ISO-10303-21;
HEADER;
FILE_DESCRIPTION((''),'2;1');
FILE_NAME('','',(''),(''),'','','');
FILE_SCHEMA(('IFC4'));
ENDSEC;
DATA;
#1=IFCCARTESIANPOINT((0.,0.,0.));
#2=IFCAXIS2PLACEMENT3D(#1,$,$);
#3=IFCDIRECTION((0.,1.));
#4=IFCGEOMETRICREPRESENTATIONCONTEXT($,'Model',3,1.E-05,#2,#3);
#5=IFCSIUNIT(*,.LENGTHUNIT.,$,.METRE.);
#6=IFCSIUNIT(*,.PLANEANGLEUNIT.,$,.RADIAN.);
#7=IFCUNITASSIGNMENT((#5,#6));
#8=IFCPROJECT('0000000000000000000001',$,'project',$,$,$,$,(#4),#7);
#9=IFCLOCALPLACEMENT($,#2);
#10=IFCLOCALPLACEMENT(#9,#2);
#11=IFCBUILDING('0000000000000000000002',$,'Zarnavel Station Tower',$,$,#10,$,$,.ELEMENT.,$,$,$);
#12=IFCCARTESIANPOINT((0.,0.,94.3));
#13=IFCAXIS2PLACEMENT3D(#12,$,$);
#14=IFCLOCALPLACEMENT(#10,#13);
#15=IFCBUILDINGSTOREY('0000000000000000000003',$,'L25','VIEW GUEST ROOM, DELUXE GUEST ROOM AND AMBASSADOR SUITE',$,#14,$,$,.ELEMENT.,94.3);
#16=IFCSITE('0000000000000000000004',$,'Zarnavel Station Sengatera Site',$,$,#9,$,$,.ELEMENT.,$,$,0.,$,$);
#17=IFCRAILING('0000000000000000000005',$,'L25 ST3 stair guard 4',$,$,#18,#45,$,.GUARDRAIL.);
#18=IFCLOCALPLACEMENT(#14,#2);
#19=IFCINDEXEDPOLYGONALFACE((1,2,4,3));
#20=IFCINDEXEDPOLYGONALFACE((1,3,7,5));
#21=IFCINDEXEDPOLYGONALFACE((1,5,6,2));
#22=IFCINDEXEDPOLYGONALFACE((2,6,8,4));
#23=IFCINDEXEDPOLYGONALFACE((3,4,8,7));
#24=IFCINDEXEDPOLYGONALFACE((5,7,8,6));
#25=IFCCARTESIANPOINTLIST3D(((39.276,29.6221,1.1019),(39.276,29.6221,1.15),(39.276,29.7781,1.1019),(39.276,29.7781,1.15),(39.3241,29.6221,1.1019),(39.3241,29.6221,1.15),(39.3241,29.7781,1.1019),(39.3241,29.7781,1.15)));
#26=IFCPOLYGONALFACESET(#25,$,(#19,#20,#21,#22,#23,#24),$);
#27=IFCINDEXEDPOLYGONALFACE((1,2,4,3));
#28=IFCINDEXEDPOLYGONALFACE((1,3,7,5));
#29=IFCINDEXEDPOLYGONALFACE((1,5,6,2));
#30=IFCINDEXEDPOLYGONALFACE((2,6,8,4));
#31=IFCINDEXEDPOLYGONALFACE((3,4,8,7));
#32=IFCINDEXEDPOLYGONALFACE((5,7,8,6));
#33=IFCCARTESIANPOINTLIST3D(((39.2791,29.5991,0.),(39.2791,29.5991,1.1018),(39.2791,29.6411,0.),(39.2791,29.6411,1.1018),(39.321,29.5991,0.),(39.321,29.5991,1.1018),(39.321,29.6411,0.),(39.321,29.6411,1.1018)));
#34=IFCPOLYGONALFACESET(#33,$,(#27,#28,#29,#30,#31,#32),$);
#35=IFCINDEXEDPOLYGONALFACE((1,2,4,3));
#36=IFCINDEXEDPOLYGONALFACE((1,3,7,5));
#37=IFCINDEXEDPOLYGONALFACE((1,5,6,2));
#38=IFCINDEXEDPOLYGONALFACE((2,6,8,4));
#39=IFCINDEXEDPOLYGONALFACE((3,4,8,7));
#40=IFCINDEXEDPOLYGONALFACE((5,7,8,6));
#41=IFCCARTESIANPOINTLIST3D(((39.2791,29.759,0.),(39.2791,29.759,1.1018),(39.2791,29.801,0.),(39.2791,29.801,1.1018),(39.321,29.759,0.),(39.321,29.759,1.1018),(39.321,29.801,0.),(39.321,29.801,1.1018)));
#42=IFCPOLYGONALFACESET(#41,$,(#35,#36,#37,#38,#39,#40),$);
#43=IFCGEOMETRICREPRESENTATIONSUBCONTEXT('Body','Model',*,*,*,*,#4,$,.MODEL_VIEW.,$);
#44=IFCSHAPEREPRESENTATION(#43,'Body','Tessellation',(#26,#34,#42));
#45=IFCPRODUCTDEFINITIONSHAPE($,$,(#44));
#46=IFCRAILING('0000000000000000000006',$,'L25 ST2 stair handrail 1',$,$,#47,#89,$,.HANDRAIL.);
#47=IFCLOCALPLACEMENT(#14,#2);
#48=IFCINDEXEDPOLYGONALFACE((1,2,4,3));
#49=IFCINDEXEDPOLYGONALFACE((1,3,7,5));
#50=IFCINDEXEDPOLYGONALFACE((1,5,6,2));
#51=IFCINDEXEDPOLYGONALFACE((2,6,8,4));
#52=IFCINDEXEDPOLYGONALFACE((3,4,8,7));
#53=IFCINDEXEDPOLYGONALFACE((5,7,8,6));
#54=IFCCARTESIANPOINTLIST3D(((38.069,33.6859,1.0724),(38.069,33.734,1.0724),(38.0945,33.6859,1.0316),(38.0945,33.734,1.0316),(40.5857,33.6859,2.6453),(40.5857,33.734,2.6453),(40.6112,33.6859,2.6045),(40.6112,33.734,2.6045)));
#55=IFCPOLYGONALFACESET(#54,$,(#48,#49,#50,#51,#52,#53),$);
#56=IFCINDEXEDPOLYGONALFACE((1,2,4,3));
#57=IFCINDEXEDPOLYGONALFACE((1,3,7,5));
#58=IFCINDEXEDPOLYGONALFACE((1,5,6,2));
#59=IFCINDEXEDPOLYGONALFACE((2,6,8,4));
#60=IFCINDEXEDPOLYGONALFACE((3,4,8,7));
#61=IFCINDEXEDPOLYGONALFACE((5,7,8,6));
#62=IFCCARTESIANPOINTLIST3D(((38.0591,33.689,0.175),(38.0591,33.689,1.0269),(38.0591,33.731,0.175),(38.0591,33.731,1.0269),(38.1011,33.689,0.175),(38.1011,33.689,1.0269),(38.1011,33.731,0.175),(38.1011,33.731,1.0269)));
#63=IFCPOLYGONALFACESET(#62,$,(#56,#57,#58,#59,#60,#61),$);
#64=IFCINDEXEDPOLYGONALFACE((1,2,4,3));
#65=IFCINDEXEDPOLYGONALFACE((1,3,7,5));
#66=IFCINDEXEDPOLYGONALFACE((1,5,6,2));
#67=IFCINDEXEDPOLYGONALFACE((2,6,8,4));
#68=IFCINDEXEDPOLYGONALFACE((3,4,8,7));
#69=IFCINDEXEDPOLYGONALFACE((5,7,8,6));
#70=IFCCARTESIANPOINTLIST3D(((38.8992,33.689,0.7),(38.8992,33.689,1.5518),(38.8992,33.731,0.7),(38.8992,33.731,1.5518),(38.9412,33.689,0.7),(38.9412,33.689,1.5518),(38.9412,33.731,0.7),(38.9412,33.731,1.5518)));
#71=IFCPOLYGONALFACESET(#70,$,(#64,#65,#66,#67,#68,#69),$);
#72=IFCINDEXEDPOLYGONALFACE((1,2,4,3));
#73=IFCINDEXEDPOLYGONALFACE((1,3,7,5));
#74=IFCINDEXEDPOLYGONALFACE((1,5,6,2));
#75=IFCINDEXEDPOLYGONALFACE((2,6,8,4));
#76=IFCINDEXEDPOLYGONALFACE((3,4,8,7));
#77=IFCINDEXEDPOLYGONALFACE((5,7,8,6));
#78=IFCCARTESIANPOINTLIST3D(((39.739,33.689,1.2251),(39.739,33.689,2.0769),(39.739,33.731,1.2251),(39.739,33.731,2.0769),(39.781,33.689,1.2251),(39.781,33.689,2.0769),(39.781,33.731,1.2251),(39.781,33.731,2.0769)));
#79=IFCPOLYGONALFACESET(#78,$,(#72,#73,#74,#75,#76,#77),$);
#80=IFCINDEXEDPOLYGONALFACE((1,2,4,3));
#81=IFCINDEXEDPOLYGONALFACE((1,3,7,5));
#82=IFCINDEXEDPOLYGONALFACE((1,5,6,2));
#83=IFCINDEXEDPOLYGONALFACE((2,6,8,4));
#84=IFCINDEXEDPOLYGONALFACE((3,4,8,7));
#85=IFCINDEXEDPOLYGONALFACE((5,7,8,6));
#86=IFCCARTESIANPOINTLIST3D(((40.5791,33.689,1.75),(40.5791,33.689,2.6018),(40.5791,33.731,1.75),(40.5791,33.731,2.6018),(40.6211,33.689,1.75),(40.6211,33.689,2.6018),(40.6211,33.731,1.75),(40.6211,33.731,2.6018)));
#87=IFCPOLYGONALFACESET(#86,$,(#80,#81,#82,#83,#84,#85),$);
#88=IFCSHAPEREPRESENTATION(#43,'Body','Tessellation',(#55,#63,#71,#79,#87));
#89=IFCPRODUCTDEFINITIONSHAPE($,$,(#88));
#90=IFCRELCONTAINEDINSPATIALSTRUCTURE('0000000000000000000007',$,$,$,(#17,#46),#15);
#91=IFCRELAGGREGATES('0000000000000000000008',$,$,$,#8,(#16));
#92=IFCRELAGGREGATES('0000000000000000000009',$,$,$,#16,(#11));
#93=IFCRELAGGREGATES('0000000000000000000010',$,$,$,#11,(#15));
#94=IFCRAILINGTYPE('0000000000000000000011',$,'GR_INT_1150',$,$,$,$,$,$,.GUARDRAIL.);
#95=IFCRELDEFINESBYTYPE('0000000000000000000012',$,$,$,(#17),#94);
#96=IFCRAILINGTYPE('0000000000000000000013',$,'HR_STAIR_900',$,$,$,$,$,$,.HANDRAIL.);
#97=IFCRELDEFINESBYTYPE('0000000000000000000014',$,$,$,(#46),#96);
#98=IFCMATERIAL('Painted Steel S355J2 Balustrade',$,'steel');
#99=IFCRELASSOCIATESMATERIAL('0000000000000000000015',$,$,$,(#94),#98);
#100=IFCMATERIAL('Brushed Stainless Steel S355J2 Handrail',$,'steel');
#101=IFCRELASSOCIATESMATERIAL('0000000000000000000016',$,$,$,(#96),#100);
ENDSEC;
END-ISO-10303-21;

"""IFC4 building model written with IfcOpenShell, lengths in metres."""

from ifc_helpers import new_model, si_unit, direction, frame, origin, origin_2d, place, context, subcontext, project, spatial, rectangle, extrude, material, type_object, element, save


model = new_model("IFC4")

# Units and contexts
model_context = context("Model", 3, precision=1e-05, world=origin(), true_north=direction((0.0, 1.0)))
body_context = subcontext(model_context, "Body", "Model", "MODEL_VIEW")
ifc_project = project(units=[si_unit("LENGTHUNIT", "METRE"), si_unit("PLANEANGLEUNIT", "RADIAN")], contexts=[model_context])

# Site, building, storey
site_placement = place(None, origin())
site = spatial("IfcSite", under=ifc_project, at=site_placement, Name="Zarnavel Station Sengatera Site", CompositionType="ELEMENT", RefElevation=0.0)
building_placement = place(site_placement, origin())
building = spatial("IfcBuilding", under=site, at=building_placement, Name="Zarnavel Station Tower", CompositionType="ELEMENT")
storey_placement = place(building_placement, frame((0.0, 0.0, 94.3)))
storey = spatial("IfcBuildingStorey", under=building, at=storey_placement, Name="L25", Description="VIEW GUEST ROOM, DELUXE GUEST ROOM AND AMBASSADOR SUITE", CompositionType="ELEMENT", Elevation=94.3)

# Railings
ifc_material_1 = material(Name="Painted Steel S355J2 Balustrade", Category="steel")
railing_type_1 = type_object("IfcRailingType", Name="GR_INT_1150", PredefinedType="GUARDRAIL", material=ifc_material_1)
railing_1_placement = place(storey_placement, frame((39.3, 29.6201, 0.0)))
element("IfcRailing", 1, at=railing_1_placement, inside=storey, type_object=railing_type_1, Name="L25 ST3 stair guard 4", PredefinedType="GUARDRAIL", context=body_context, shape_type="SweptSolid", body=[
    extrude(rectangle(XDim=0.0481, YDim=0.0481, at=origin_2d()), frame((0.0, 0.002, 1.126), z_axis=(0.0, 1.0, 0.0), x_axis=(-1.0, 0.0, 0.0)), (0.0, 0.0, 1.0), 0.156),
    extrude(rectangle(XDim=0.042, YDim=0.042, at=origin_2d()), origin(), (0.0, 0.0, 1.0), 1.1018),
    extrude(rectangle(XDim=0.042, YDim=0.042, at=origin_2d()), frame((0.0, 0.1599, 0.0)), (0.0, 0.0, 1.0), 1.1018),
])
ifc_material_2 = material(Name="Brushed Stainless Steel S355J2 Handrail", Category="steel")
railing_type_2 = type_object("IfcRailingType", Name="HR_STAIR_900", PredefinedType="HANDRAIL", material=ifc_material_2)
railing_2_placement = place(storey_placement, frame((38.0801, 33.71, 0.175)))
element("IfcRailing", 2, at=railing_2_placement, inside=storey, type_object=railing_type_2, Name="L25 ST2 stair handrail 1", PredefinedType="HANDRAIL", context=body_context, shape_type="SweptSolid", body=[
    extrude(rectangle(XDim=0.0481, YDim=0.0481, at=origin_2d()), frame((0.0017, 0.0, 0.877), z_axis=(0.848008, 0.0, 0.529984), x_axis=(0.0, 1.0, 0.0)), (0.0, 0.0, 1.0), 2.9678),
    extrude(rectangle(XDim=0.042, YDim=0.042, at=origin_2d()), origin(), (0.0, 0.0, 1.0), 0.8518),
    extrude(rectangle(XDim=0.042, YDim=0.042, at=origin_2d()), frame((0.8401, 0.0, 0.5249)), (0.0, 0.0, 1.0), 0.8518),
    extrude(rectangle(XDim=0.042, YDim=0.042, at=origin_2d()), frame((1.6799, 0.0, 1.05)), (0.0, 0.0, 1.0), 0.8518),
    extrude(rectangle(XDim=0.042, YDim=0.042, at=origin_2d()), frame((2.52, 0.0, 1.575)), (0.0, 0.0, 1.0), 0.8518),
])

save(model, "model.ifc")
